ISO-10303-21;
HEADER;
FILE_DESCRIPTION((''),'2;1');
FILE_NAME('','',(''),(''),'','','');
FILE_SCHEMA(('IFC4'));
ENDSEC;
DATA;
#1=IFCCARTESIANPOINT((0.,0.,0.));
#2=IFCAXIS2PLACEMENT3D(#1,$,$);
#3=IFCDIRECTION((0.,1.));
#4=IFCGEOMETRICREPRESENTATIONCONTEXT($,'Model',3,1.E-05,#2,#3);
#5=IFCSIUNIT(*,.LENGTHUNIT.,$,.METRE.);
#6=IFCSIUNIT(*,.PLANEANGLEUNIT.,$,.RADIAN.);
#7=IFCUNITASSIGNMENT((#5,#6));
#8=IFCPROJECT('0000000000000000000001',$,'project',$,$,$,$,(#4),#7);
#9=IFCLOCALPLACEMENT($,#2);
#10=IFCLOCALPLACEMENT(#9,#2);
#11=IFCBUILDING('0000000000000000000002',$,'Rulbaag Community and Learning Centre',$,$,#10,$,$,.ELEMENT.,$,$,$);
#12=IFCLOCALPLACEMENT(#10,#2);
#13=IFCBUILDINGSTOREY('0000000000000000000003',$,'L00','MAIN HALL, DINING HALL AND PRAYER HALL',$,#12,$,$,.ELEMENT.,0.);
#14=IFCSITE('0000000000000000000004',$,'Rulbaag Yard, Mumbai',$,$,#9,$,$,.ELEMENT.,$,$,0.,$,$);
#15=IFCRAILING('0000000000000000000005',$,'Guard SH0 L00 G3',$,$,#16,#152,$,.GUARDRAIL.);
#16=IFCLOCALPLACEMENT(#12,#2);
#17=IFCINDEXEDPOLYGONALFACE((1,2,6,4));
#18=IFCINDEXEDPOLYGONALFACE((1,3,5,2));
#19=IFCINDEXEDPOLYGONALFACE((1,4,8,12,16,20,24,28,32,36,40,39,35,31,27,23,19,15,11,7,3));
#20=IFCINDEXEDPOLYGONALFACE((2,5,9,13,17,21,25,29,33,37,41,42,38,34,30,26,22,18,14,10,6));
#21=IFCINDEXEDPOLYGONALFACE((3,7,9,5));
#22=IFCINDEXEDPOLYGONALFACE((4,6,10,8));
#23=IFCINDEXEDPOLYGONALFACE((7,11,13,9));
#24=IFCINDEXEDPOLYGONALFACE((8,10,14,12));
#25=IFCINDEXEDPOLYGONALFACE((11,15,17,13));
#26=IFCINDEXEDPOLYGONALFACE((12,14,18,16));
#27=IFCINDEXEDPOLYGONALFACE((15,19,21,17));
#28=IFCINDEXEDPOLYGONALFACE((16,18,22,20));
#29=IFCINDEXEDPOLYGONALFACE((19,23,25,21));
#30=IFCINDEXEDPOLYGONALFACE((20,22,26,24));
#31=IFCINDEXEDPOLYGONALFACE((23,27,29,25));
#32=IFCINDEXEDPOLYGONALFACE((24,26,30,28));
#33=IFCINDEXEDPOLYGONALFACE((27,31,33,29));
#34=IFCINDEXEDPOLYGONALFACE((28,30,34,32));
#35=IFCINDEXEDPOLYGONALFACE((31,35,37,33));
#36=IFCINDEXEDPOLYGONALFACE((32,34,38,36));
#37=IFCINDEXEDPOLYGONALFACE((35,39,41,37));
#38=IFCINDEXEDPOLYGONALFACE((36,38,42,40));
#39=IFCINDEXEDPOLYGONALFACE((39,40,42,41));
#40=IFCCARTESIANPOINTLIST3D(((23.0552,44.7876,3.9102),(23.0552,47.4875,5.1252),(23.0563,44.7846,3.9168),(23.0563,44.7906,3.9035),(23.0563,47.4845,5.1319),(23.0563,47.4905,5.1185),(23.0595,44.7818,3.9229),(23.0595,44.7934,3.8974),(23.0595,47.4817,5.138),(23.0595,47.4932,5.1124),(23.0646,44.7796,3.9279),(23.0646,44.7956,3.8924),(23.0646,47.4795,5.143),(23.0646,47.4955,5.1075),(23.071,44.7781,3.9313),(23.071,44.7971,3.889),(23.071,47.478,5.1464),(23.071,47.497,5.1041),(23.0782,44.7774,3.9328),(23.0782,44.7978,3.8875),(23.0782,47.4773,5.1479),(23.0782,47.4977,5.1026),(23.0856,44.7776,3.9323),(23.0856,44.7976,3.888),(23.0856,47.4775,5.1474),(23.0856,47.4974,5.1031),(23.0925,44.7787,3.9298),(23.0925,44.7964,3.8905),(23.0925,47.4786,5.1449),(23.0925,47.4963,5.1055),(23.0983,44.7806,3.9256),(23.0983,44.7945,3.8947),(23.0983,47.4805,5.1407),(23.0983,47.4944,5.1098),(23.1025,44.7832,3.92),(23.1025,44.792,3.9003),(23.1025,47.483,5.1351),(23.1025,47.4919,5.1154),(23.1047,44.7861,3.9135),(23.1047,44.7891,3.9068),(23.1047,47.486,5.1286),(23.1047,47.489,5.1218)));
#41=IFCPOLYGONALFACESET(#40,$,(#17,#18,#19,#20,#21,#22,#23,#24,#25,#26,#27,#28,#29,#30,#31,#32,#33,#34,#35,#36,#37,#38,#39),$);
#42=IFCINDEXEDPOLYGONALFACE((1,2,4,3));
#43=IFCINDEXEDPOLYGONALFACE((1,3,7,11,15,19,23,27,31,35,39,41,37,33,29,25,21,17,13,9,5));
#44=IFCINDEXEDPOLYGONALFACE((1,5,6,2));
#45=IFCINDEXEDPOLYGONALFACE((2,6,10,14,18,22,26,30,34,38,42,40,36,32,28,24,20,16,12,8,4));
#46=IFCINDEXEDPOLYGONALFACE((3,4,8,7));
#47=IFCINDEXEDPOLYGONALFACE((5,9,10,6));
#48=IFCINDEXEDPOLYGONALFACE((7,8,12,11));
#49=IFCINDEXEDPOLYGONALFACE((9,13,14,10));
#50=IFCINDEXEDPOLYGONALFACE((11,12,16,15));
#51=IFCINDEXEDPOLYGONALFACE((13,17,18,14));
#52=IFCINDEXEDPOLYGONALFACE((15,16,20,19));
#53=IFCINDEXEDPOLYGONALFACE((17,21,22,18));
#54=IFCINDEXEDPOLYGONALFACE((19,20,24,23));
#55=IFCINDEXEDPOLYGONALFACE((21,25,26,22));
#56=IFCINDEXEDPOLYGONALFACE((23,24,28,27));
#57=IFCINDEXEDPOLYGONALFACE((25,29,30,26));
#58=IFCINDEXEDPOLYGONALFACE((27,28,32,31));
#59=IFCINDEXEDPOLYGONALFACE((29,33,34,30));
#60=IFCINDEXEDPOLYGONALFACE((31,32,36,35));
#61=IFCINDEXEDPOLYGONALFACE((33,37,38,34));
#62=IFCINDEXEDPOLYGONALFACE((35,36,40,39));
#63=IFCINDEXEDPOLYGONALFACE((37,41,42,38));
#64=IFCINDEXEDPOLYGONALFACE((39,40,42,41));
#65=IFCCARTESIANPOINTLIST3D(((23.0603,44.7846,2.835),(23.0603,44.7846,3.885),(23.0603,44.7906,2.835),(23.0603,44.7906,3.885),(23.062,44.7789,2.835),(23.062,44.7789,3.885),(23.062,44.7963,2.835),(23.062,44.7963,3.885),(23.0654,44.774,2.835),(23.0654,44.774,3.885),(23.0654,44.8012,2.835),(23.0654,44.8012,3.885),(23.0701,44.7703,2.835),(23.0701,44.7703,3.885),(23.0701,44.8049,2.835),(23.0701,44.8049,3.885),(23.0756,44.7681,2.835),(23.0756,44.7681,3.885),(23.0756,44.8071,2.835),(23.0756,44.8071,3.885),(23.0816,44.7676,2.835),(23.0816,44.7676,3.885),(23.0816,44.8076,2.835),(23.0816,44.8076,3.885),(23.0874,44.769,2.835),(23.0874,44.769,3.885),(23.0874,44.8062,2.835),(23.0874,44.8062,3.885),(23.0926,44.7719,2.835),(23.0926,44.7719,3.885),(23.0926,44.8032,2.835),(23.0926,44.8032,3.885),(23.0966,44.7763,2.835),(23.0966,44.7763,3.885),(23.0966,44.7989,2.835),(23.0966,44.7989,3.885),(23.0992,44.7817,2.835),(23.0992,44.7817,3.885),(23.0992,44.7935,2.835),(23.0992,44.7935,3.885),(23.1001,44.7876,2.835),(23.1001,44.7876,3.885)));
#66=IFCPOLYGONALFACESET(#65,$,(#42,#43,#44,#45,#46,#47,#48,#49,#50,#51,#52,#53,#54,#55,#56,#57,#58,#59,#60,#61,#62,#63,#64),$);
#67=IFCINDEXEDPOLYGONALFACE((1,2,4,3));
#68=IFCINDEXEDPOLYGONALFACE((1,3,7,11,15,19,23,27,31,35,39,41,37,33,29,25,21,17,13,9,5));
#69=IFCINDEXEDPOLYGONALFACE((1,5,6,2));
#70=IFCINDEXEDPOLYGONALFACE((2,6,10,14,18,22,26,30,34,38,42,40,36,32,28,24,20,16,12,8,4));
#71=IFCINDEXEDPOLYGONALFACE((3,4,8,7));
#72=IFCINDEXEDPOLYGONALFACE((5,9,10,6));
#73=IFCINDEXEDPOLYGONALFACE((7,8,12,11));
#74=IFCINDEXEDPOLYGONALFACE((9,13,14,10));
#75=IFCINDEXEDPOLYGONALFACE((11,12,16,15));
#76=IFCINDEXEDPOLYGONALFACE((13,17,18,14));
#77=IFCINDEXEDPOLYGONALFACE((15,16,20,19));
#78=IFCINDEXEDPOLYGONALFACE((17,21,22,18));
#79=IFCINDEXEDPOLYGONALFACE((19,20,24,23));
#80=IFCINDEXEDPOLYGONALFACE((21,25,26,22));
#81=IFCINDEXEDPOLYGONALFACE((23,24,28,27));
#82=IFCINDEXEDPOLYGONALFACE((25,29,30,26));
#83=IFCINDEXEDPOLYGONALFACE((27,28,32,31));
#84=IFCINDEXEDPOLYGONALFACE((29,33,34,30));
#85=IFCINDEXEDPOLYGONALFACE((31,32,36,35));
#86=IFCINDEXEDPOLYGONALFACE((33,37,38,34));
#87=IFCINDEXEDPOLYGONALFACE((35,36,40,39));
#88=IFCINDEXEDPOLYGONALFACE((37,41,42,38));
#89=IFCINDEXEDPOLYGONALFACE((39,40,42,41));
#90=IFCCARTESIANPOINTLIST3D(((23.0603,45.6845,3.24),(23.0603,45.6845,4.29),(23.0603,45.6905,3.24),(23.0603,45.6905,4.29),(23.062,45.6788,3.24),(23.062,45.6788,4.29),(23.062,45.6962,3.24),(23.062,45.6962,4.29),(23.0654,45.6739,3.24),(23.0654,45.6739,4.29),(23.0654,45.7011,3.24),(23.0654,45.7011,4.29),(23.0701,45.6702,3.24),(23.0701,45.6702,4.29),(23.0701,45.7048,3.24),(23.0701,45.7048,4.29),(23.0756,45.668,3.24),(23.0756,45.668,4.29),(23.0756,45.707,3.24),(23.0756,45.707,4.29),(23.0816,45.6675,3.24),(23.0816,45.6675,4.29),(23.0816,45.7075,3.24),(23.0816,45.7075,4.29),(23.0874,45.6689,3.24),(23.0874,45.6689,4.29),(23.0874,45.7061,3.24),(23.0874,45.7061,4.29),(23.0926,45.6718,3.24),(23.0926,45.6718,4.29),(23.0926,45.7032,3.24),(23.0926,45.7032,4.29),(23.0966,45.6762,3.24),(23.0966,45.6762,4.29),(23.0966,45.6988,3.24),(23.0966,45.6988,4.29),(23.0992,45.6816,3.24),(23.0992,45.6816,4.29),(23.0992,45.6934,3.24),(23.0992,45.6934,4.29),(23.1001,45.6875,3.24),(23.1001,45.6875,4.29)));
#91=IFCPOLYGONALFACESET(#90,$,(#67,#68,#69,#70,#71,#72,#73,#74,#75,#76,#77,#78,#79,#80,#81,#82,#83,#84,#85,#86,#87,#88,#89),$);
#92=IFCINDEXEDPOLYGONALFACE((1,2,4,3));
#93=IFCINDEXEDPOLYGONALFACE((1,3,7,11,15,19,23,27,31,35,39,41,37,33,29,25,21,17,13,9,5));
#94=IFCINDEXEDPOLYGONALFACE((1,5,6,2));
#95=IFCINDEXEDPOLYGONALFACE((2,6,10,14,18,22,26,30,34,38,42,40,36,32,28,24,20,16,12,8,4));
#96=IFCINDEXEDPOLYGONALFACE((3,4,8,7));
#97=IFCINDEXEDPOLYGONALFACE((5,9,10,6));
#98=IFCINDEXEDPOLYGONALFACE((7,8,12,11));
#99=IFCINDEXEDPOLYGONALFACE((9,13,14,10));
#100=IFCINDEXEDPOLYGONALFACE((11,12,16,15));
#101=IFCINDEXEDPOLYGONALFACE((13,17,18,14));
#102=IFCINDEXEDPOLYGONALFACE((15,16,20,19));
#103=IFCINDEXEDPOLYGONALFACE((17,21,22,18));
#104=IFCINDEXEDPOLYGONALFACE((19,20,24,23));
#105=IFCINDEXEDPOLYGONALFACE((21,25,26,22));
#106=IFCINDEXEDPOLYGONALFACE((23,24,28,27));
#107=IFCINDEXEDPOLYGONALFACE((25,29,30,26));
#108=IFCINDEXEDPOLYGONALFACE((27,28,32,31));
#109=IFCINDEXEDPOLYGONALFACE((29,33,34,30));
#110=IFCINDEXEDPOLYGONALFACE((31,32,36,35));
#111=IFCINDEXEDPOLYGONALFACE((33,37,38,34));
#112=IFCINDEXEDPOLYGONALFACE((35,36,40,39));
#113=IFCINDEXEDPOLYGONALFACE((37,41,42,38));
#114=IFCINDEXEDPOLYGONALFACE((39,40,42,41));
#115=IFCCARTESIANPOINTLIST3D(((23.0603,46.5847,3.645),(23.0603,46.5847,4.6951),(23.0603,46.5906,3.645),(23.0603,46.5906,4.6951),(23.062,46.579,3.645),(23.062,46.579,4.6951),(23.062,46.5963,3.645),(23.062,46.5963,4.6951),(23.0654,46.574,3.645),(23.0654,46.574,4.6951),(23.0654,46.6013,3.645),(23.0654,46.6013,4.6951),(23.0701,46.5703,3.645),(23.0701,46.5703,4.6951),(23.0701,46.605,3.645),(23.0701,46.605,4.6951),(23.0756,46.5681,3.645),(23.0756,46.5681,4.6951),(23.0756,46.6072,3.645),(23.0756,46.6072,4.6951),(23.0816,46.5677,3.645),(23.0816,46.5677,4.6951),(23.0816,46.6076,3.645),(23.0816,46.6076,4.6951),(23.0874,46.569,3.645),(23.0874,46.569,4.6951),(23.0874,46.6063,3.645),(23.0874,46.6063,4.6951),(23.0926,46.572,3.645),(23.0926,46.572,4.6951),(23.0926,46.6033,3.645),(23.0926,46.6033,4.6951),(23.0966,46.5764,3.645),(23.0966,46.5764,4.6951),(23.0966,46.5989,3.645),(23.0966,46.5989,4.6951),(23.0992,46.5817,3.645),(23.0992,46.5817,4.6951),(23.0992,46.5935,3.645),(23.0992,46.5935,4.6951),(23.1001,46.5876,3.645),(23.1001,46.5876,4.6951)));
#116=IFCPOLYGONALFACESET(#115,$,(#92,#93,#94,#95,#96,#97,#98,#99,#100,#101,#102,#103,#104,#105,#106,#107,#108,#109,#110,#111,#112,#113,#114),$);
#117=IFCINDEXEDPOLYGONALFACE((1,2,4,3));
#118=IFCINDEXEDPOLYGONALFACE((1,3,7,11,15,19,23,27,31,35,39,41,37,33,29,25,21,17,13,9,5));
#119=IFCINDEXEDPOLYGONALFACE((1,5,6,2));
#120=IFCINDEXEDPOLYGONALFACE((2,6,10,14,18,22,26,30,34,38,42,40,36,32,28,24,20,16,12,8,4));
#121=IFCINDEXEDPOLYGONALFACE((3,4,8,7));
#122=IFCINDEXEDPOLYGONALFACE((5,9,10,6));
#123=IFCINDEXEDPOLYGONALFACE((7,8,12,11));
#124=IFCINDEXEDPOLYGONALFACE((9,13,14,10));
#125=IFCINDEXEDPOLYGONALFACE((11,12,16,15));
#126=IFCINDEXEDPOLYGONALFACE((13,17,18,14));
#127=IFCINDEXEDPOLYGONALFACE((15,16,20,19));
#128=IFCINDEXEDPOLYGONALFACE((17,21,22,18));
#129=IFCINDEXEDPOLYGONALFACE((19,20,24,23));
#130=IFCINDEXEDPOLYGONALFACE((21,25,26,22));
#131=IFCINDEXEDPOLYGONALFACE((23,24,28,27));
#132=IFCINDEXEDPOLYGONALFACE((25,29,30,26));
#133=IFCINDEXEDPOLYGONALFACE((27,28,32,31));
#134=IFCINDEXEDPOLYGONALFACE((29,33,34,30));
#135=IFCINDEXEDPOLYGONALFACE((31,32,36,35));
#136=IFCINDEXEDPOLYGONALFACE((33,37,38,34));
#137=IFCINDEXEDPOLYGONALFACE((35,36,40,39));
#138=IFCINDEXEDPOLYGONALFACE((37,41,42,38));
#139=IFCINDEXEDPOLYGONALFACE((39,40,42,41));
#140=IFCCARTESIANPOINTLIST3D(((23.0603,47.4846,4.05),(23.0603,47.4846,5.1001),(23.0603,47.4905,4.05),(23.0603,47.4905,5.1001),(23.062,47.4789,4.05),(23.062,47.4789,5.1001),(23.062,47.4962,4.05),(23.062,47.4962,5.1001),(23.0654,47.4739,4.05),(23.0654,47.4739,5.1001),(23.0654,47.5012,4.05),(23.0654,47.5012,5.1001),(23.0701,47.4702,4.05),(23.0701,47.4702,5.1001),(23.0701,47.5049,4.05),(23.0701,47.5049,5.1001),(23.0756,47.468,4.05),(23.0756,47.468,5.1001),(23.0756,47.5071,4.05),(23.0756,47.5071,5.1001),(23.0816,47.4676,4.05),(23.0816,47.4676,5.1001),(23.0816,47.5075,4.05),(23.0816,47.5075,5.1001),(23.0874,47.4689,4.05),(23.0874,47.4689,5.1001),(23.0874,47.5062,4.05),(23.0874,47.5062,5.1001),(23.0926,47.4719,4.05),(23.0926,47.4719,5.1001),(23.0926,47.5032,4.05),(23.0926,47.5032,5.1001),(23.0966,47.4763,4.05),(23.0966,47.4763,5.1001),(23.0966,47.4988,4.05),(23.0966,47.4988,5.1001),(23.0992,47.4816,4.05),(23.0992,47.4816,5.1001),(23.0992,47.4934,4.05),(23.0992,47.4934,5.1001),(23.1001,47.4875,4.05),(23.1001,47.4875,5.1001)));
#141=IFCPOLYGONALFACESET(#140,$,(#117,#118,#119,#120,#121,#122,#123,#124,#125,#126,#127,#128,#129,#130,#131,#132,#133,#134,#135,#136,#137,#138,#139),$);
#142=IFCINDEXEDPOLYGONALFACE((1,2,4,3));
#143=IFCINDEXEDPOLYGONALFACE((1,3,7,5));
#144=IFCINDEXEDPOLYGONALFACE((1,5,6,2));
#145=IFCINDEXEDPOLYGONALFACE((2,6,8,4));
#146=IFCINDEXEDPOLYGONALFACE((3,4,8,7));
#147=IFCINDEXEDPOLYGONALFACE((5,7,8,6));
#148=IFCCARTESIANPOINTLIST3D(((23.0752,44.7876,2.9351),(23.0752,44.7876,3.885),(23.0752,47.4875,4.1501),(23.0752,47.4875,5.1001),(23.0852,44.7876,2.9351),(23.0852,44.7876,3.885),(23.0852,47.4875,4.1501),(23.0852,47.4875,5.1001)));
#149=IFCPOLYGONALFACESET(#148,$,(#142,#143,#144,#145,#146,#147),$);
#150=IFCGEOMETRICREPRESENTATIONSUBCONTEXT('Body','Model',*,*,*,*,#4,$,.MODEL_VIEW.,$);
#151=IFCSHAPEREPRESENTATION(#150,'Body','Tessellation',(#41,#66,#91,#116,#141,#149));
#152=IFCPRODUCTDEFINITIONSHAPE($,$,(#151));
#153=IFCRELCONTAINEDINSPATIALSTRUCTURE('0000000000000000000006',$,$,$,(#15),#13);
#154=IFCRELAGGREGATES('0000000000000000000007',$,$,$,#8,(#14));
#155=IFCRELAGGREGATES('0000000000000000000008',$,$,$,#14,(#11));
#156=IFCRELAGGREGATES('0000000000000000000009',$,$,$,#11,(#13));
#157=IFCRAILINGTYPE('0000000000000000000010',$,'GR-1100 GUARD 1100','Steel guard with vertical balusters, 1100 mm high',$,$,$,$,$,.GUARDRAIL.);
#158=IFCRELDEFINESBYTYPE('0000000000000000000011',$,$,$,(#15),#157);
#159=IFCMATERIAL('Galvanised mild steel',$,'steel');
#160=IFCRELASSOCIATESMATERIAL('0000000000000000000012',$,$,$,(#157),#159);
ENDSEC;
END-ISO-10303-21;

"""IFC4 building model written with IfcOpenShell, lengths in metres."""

from ifc_helpers import new_model, si_unit, direction, frame, origin, origin_2d, place, context, subcontext, project, spatial, polyline, circle, outline, extrude, material, type_object, element, save


model = new_model("IFC4")

# Units and contexts
model_context = context("Model", 3, precision=1e-05, world=origin(), true_north=direction((0.0, 1.0)))
body_context = subcontext(model_context, "Body", "Model", "MODEL_VIEW")
ifc_project = project(units=[si_unit("LENGTHUNIT", "METRE"), si_unit("PLANEANGLEUNIT", "RADIAN")], contexts=[model_context])

# Site, building, storey
site_placement = place(None, origin())
site = spatial("IfcSite", under=ifc_project, at=site_placement, Name="Rulbaag Yard, Mumbai", CompositionType="ELEMENT", RefElevation=0.0)
building_placement = place(site_placement, origin())
building = spatial("IfcBuilding", under=site, at=building_placement, Name="Rulbaag Community and Learning Centre", CompositionType="ELEMENT")
storey_placement = place(building_placement, origin())
storey = spatial("IfcBuildingStorey", under=building, at=storey_placement, Name="L00", Description="MAIN HALL, DINING HALL AND PRAYER HALL", CompositionType="ELEMENT", Elevation=0.0)

# Railing
ifc_material_1 = material(Name="Galvanised mild steel", Category="steel")
railing_type_1 = type_object("IfcRailingType", Name="GR-1100 GUARD 1100", Description="Steel guard with vertical balusters, 1100 mm high", PredefinedType="GUARDRAIL", material=ifc_material_1)
railing_1_placement = place(storey_placement, frame((23.0801, 44.7876, 2.835)))
element("IfcRailing", 1, at=railing_1_placement, inside=storey, type_object=railing_type_1, Name="Guard SH0 L00 G3", PredefinedType="GUARDRAIL", context=body_context, shape_type="SweptSolid", body=[
    extrude(circle(Radius=0.0249, at=origin_2d()), frame((0.0, 0.0, 1.0752), z_axis=(0.0, 0.911908, 0.410396), x_axis=(-1.0, 0.0, 0.0)), (0.0, 0.0, 1.0), 2.9607),
    extrude(circle(Radius=0.02, at=origin_2d()), origin(), (0.0, 0.0, 1.0), 1.05),
    extrude(circle(Radius=0.02, at=origin_2d()), frame((0.0, 0.8999, 0.405)), (0.0, 0.0, 1.0), 1.05),
    extrude(circle(Radius=0.02, at=origin_2d()), frame((0.0, 1.8, 0.8101)), (0.0, 0.0, 1.0), 1.05),
    extrude(circle(Radius=0.02, at=origin_2d()), frame((0.0, 2.7, 1.2151)), (0.0, 0.0, 1.0), 1.05),
    extrude(outline(polyline([(0.0, 0.0), (2.7, 1.2151), (2.7, 2.165), (0.0, 0.95), (0.0, 0.0)])), frame((-0.0049, 0.0, 0.1001), z_axis=(1.0, 0.0, 0.0), x_axis=(0.0, 1.0, 0.0)), (0.0, 0.0, 1.0), 0.01),
])

save(model, "model.ifc")
